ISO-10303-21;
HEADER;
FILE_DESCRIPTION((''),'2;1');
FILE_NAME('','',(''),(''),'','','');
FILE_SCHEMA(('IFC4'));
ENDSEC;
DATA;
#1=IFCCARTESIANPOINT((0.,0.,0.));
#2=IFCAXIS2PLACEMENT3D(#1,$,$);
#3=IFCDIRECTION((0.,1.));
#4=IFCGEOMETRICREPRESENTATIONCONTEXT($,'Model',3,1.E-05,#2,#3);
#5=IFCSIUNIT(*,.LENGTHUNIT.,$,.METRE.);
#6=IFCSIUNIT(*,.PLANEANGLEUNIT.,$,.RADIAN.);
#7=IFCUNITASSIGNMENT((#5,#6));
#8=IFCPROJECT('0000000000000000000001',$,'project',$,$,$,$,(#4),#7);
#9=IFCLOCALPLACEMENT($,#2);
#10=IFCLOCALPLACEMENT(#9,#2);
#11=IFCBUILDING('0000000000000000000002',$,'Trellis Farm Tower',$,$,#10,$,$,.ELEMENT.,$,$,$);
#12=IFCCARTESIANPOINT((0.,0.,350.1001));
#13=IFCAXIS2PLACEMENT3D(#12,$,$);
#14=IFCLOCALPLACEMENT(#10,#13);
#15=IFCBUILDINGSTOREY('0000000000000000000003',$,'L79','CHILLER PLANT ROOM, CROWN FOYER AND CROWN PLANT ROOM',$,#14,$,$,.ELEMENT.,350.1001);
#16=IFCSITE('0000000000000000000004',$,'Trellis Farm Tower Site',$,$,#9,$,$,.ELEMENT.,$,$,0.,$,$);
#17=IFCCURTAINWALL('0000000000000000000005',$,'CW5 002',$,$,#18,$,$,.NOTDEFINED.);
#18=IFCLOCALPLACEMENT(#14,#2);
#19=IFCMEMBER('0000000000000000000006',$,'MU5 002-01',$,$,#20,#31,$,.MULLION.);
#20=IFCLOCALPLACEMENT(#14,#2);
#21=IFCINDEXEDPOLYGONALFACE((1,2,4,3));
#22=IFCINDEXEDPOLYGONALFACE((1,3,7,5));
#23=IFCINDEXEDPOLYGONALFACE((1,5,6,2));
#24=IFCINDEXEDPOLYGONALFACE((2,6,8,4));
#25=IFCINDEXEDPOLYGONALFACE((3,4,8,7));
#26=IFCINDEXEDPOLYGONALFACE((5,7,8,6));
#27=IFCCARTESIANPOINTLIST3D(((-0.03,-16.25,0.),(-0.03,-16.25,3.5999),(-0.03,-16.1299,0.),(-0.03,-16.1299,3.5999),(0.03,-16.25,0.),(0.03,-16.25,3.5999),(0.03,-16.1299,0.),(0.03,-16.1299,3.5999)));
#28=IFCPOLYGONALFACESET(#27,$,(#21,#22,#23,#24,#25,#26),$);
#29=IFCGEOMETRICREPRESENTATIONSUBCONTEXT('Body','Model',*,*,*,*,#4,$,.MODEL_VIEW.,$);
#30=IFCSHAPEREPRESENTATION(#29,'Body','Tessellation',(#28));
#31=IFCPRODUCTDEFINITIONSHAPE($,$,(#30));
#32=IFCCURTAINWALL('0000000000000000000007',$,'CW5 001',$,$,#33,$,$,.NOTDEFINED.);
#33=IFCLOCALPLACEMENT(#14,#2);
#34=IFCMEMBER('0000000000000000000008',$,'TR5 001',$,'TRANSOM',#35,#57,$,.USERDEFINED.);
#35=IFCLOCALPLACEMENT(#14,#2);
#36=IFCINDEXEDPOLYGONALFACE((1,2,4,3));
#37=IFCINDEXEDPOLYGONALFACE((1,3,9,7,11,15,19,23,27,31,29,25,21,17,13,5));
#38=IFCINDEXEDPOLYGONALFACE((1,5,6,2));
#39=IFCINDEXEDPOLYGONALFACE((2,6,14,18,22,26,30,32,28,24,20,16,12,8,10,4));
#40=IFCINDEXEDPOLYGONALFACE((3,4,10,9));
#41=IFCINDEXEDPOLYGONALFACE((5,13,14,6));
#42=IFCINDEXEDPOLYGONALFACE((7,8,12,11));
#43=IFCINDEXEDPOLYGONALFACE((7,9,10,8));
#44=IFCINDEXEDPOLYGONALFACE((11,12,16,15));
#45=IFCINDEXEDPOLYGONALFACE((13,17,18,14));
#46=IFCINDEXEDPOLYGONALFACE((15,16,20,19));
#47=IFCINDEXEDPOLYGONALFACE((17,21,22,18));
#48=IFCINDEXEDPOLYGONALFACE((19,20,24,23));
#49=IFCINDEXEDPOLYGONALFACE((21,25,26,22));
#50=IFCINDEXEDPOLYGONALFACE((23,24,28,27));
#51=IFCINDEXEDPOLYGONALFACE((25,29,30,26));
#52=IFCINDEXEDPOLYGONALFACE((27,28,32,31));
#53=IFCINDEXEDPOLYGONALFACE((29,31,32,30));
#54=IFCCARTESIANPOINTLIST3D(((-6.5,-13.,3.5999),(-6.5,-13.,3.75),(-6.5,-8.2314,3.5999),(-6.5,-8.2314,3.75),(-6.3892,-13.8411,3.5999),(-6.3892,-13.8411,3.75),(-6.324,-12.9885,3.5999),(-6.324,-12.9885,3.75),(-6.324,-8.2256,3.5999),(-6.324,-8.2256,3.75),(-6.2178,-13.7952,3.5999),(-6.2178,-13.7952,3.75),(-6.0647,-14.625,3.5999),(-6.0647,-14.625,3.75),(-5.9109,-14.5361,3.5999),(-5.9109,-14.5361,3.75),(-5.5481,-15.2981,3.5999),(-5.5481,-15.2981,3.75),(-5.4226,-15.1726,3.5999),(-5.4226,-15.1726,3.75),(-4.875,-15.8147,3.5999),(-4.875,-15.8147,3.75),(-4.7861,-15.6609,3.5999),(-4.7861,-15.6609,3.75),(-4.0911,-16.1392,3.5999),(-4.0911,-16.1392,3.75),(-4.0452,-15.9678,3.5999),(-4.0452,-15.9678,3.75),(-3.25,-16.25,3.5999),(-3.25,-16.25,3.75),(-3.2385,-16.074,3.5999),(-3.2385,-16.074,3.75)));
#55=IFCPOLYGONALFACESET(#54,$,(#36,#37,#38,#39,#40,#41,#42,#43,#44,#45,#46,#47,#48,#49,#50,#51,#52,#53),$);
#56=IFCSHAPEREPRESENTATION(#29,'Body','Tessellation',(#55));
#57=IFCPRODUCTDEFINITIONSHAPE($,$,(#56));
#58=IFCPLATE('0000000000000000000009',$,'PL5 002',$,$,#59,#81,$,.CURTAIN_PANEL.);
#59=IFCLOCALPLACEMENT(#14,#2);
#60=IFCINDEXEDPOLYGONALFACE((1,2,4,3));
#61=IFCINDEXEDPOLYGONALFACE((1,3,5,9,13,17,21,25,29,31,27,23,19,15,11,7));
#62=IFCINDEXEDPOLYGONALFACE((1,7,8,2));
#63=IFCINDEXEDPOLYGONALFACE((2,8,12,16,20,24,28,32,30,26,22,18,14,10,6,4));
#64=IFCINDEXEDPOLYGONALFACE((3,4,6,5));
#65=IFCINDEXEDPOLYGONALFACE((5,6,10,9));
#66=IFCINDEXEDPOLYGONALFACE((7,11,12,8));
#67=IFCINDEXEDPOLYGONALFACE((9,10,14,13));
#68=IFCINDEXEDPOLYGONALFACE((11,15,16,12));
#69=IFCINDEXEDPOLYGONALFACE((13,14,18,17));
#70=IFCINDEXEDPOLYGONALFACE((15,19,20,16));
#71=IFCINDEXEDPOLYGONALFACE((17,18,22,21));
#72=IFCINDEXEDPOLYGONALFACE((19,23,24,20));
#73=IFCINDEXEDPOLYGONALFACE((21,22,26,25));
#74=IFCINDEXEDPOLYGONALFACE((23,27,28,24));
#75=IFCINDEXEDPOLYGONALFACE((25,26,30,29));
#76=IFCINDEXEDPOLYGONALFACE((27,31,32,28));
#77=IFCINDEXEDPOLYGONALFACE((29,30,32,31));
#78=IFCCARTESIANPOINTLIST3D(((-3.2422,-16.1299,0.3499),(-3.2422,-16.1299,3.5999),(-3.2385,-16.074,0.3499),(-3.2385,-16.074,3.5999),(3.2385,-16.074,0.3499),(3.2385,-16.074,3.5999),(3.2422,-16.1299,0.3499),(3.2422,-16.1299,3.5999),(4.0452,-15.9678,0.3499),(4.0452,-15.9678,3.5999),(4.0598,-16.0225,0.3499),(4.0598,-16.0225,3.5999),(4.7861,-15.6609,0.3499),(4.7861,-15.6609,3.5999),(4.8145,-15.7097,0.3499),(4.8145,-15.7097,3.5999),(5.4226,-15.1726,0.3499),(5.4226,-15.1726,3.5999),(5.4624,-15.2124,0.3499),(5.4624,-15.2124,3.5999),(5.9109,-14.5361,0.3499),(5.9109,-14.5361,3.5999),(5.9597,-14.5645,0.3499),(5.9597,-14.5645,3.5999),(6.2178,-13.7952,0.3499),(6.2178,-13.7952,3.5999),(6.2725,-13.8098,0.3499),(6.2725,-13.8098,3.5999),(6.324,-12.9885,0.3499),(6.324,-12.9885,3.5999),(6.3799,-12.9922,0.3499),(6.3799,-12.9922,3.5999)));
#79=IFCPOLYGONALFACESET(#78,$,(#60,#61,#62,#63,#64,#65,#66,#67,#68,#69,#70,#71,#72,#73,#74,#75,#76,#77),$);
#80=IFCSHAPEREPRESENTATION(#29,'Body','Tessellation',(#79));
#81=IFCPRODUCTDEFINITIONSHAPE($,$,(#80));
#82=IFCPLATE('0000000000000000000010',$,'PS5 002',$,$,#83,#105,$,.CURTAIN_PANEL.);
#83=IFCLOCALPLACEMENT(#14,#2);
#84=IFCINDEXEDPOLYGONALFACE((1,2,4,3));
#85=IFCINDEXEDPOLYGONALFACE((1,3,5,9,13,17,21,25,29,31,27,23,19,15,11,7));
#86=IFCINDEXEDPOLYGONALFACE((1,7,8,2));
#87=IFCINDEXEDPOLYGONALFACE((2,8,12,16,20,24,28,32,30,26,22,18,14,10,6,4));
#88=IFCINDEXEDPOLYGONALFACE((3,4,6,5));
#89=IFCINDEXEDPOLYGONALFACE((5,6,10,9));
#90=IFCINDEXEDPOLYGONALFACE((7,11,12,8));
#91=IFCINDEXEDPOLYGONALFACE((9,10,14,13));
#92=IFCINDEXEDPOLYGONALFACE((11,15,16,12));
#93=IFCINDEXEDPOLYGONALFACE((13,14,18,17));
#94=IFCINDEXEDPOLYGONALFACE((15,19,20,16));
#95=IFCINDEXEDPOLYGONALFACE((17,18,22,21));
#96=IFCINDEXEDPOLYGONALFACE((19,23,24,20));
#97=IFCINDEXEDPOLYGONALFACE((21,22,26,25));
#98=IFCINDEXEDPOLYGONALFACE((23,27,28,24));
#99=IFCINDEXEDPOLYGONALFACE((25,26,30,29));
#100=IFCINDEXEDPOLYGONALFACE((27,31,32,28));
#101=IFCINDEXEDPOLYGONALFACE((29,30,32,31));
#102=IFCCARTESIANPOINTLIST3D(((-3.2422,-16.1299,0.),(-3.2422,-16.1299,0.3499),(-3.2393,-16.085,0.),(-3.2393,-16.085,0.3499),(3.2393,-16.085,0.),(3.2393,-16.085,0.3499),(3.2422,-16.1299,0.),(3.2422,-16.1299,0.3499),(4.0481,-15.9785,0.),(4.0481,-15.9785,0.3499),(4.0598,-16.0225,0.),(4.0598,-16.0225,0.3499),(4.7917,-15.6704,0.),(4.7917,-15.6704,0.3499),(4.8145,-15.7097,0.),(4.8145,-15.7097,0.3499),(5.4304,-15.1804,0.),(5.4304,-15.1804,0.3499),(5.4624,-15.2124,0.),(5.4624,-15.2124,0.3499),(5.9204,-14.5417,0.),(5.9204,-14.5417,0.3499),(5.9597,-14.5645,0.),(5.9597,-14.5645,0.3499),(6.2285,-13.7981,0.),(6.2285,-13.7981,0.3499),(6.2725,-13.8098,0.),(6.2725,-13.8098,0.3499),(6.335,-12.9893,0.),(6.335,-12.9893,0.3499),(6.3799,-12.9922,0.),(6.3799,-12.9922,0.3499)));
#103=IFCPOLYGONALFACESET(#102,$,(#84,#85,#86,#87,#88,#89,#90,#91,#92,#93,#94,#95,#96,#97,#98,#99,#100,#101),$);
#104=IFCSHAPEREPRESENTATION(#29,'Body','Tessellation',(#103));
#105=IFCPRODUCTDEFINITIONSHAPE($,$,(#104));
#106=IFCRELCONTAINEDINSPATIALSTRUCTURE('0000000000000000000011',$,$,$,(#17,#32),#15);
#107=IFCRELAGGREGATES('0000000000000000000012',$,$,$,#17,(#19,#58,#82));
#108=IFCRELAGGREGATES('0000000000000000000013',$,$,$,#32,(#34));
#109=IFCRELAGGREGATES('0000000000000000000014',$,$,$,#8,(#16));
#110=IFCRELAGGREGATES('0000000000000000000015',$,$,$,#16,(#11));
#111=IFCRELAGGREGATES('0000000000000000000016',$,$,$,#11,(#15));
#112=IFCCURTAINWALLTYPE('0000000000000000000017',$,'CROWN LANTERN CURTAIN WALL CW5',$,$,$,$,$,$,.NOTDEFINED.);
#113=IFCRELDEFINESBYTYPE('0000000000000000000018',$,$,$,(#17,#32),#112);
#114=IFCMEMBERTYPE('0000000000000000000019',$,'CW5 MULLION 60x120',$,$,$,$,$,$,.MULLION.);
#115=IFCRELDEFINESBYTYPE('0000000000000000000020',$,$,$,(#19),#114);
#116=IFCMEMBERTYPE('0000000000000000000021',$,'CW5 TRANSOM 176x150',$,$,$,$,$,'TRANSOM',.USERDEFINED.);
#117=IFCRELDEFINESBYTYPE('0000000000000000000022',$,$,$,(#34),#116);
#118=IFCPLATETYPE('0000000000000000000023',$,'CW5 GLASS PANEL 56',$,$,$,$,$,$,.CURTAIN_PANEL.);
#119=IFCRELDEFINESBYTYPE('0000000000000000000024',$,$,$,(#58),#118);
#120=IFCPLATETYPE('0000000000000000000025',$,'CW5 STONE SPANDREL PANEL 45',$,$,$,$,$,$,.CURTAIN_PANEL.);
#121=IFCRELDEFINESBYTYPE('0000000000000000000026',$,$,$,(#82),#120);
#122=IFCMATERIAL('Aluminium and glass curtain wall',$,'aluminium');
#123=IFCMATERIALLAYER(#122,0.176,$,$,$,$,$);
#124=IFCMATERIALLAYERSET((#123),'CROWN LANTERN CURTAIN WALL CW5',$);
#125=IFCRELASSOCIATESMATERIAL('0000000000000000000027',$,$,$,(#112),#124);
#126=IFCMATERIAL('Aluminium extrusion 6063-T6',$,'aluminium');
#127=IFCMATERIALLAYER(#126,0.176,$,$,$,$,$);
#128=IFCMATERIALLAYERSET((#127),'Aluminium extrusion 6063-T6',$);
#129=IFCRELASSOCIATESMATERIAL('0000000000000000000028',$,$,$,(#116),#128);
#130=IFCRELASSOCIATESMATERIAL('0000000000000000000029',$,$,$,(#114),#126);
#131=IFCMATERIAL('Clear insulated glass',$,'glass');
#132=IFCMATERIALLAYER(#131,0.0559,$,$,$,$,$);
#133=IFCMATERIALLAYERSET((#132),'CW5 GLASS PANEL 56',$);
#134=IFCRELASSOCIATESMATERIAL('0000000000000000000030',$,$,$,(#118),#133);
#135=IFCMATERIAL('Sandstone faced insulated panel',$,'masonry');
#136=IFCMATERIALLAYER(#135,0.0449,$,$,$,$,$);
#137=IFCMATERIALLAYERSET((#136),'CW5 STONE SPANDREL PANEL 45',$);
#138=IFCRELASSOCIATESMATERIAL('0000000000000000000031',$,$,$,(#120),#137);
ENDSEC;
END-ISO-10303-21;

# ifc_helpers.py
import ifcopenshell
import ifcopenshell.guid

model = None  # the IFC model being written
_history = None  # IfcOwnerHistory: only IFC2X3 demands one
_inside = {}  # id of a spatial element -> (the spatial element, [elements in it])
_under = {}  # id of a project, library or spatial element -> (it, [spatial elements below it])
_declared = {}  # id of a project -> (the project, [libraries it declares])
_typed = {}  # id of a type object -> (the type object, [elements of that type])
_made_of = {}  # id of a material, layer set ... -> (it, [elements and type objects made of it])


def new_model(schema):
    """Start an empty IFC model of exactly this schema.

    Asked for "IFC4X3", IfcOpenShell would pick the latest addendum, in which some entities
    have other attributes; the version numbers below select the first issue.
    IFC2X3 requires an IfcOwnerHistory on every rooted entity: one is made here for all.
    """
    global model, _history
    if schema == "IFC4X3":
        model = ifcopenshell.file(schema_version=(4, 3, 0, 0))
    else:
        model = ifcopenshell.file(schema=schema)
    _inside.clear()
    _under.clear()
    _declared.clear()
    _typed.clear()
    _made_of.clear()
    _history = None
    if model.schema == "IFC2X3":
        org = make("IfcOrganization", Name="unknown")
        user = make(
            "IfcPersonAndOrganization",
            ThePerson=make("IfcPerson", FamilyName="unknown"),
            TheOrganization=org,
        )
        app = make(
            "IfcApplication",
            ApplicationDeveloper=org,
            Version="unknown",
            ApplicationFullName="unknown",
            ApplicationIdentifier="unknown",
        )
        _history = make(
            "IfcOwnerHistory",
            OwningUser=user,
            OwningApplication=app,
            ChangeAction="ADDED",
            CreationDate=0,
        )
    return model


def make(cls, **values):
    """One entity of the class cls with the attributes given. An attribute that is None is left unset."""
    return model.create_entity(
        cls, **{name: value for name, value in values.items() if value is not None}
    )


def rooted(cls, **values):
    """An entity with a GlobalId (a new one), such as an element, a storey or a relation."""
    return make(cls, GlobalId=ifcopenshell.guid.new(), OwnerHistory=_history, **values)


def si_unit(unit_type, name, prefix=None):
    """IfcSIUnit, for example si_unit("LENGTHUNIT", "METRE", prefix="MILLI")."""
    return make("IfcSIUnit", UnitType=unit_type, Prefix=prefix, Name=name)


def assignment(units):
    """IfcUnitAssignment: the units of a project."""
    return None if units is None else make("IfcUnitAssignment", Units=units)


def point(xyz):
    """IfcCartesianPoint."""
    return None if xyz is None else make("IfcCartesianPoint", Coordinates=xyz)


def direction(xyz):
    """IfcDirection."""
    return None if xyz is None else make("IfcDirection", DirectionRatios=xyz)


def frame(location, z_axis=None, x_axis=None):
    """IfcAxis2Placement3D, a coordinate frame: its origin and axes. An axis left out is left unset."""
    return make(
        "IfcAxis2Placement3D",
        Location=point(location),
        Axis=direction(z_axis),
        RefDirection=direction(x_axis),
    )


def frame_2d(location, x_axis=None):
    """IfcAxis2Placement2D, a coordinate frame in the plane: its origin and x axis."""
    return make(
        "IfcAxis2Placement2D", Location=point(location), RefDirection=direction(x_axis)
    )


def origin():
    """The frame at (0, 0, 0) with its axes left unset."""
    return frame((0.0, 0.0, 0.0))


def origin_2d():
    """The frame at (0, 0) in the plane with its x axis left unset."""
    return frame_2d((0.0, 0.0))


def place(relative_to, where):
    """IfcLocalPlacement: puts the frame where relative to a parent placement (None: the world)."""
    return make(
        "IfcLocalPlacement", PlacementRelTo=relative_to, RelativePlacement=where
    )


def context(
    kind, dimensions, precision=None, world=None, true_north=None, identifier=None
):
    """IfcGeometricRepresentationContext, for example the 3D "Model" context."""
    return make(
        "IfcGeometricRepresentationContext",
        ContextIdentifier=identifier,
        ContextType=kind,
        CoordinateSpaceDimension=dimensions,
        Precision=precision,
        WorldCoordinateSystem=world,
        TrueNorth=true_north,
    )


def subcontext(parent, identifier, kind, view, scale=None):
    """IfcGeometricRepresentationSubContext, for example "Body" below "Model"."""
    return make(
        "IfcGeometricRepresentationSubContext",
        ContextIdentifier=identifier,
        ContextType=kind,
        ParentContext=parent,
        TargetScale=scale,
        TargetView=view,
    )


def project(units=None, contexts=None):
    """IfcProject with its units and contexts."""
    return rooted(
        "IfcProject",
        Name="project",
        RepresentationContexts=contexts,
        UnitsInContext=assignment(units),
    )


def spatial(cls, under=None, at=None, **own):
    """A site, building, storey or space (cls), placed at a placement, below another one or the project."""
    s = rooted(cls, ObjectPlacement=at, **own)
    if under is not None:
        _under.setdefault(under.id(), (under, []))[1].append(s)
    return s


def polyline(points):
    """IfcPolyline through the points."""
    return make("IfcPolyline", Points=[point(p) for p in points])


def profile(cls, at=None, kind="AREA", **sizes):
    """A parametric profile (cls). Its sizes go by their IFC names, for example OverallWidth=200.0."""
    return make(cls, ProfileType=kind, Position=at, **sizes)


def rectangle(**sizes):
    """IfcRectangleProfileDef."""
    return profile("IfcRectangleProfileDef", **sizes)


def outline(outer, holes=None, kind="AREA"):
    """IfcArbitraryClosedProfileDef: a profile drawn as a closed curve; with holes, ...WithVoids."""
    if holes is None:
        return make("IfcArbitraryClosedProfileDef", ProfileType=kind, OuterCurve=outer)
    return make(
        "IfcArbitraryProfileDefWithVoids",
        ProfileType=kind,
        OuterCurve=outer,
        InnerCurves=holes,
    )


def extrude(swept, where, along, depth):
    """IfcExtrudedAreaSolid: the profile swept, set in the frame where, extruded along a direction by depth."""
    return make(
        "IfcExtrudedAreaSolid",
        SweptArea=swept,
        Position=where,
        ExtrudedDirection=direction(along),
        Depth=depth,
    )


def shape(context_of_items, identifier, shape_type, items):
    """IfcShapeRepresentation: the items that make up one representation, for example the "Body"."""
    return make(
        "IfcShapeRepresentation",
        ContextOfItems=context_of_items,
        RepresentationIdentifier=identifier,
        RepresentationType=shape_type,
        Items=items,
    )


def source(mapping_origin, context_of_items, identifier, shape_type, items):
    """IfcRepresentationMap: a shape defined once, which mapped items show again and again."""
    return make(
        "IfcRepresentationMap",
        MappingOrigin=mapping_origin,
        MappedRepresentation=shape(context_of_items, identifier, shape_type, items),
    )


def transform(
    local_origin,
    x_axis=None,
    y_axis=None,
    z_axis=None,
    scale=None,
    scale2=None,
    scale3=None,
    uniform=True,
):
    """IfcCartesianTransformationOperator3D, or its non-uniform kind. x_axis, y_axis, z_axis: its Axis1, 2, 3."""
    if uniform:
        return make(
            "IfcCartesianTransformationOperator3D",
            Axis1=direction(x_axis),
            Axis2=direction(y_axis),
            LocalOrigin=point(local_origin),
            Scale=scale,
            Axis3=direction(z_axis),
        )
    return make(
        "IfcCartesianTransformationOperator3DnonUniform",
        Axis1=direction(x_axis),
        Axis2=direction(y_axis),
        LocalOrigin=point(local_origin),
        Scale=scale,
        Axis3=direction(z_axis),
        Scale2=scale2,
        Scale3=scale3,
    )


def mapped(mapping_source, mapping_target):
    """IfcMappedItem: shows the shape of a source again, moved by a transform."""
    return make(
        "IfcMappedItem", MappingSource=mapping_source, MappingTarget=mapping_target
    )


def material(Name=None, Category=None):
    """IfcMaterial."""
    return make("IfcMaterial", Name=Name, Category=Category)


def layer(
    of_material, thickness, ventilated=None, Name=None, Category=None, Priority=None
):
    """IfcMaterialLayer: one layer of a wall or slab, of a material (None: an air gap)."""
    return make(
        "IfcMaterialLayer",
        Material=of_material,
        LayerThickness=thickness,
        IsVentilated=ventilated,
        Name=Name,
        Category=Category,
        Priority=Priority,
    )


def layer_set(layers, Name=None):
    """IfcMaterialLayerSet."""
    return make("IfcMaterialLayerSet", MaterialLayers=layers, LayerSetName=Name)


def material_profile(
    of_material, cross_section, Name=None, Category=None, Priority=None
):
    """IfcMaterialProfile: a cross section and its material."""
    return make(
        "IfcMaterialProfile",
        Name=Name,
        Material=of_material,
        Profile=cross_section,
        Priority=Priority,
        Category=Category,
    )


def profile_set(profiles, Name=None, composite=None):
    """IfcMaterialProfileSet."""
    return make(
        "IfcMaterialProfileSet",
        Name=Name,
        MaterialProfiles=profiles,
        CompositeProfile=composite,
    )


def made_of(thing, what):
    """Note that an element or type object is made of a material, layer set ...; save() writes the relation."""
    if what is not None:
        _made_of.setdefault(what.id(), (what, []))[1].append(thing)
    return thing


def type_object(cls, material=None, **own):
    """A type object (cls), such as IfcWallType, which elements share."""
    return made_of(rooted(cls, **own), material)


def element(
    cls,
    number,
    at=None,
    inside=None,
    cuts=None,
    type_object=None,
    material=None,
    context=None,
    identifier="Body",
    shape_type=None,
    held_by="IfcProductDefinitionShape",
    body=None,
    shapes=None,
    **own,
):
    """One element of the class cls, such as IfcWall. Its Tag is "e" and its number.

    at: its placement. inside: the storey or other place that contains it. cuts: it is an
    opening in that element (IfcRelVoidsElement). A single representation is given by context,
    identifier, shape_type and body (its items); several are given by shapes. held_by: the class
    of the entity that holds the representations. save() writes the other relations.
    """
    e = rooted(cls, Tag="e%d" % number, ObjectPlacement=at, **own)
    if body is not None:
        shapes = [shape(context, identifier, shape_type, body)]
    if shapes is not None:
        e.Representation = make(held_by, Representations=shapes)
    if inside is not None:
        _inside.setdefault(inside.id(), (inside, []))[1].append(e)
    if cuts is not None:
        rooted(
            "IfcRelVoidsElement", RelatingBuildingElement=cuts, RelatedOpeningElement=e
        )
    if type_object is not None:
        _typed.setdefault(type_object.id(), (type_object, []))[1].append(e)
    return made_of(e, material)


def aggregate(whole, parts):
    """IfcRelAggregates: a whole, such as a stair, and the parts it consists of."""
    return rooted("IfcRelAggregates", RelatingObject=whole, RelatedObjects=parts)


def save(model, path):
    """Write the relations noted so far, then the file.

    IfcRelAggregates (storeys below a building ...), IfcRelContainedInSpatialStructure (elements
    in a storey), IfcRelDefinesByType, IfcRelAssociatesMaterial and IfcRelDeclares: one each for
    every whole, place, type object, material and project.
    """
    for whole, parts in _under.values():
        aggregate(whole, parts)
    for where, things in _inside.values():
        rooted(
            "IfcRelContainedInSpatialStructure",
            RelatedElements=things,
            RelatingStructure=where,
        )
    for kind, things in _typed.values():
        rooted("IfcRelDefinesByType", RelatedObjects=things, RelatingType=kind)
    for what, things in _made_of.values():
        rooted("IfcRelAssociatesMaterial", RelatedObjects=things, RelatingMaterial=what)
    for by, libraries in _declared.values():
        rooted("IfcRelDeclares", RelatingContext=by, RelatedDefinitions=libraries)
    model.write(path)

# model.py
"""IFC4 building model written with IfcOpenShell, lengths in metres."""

from ifc_helpers import new_model, si_unit, direction, frame, origin, origin_2d, place, context, subcontext, project, spatial, polyline, rectangle, outline, extrude, source, transform, mapped, material, layer, layer_set, material_profile, profile_set, type_object, element, aggregate, save


model = new_model("IFC4")

# Units and contexts
model_context = context("Model", 3, precision=1e-05, world=origin(), true_north=direction((0.0, 1.0)))
body_context = subcontext(model_context, "Body", "Model", "MODEL_VIEW")
ifc_project = project(units=[si_unit("LENGTHUNIT", "METRE"), si_unit("PLANEANGLEUNIT", "RADIAN")], contexts=[model_context])

# Site, building, storey
site_placement = place(None, origin())
site = spatial("IfcSite", under=ifc_project, at=site_placement, Name="Trellis Farm Tower Site", CompositionType="ELEMENT", RefElevation=0.0)
building_placement = place(site_placement, origin())
building = spatial("IfcBuilding", under=site, at=building_placement, Name="Trellis Farm Tower", CompositionType="ELEMENT")
storey_placement = place(building_placement, frame((0.0, 0.0, 350.1001)))
storey = spatial("IfcBuildingStorey", under=building, at=storey_placement, Name="L79", Description="CHILLER PLANT ROOM, CROWN FOYER AND CROWN PLANT ROOM", CompositionType="ELEMENT", Elevation=350.1001)

# Curtain wall
ifc_material_1 = material(Name="Aluminium and glass curtain wall", Category="aluminium")
ifc_layer_1 = layer(ifc_material_1, 0.176)
ifc_layer_set_1 = layer_set([ifc_layer_1], Name="CROWN LANTERN CURTAIN WALL CW5")
curtain_wall_type = type_object("IfcCurtainWallType", Name="CROWN LANTERN CURTAIN WALL CW5", PredefinedType="NOTDEFINED", material=ifc_layer_set_1)
placement_1 = place(storey_placement, origin())
curtain_wall_1 = element("IfcCurtainWall", 1, at=placement_1, inside=storey, type_object=curtain_wall_type, Name="CW5 002", PredefinedType="NOTDEFINED")
ifc_material_2 = material(Name="Aluminium extrusion 6063-T6", Category="aluminium")
ifc_layer_2 = layer(ifc_material_2, 0.176)
ifc_layer_set_2 = layer_set([ifc_layer_2], Name="Aluminium extrusion 6063-T6")
member_type_1 = type_object("IfcMemberType", Name="CW5 TRANSOM 176x150", ElementType="TRANSOM", PredefinedType="USERDEFINED", material=ifc_layer_set_2)
placement_2 = place(storey_placement, frame((0.0, 0.0, 3.5999)))

# Member
ifc_material_profile_1 = material_profile(ifc_material_2, rectangle(XDim=0.0601, YDim=0.1201, at=origin_2d()), Name="MULLION 60x120")
ifc_profile_set_1 = profile_set([ifc_material_profile_1], Name="Aluminium extrusion 6063-T6")
member_type_2 = type_object("IfcMemberType", Name="CW5 MULLION 60x120", PredefinedType="MULLION", material=ifc_profile_set_1)
shared_shape_1 = source(origin(), body_context, "Body", "SweptSolid", [
    extrude(rectangle(XDim=0.0601, YDim=0.1201, at=origin_2d()), origin(), (0.0, 0.0, 1.0), 3.5999),
])
member_1_placement = place(storey_placement, frame((0.0, -16.1899, 0.0), z_axis=(0.0, 0.0, 1.0), x_axis=(1.0, 0.0, 0.0)))
member_1 = element("IfcMember", 2, at=member_1_placement, type_object=member_type_2, Name="MU5 002-01", PredefinedType="MULLION", context=body_context, shape_type="MappedRepresentation", body=[
    mapped(shared_shape_1, transform((0.0, 0.0, 0.0))),
])

# Curtain wall, member
curtain_wall_2 = element("IfcCurtainWall", 3, at=placement_1, inside=storey, type_object=curtain_wall_type, Name="CW5 001", PredefinedType="NOTDEFINED")
shared_shape_2 = source(origin(), body_context, "Body", "SweptSolid", [
    extrude(outline(polyline([(-6.5, -8.2314), (-6.5, -13.0), (-6.3892, -13.8411), (-6.0647, -14.625), (-5.5481, -15.2981), (-4.875, -15.8147), (-4.0911, -16.1392), (-3.25, -16.25), (-3.2385, -16.074), (-4.0452, -15.9678), (-4.7861, -15.6609), (-5.4226, -15.1726), (-5.9109, -14.5361), (-6.2178, -13.7952), (-6.324, -12.9885), (-6.324, -8.2256), (-6.5, -8.2314)])), origin(), (0.0, 0.0, 1.0), 0.1501),
])
member_2 = element("IfcMember", 4, at=placement_2, type_object=member_type_1, Name="TR5 001", ObjectType="TRANSOM", PredefinedType="USERDEFINED", context=body_context, shape_type="MappedRepresentation", body=[
    mapped(shared_shape_2, transform((0.0, 0.0, 0.0))),
])

# Plates
ifc_material_3 = material(Name="Clear insulated glass", Category="glass")
ifc_layer_3 = layer(ifc_material_3, 0.0559)
ifc_layer_set_3 = layer_set([ifc_layer_3], Name="CW5 GLASS PANEL 56")
plate_type_1 = type_object("IfcPlateType", Name="CW5 GLASS PANEL 56", PredefinedType="CURTAIN_PANEL", material=ifc_layer_set_3)
placement_3 = place(storey_placement, frame((0.0, 0.0, 0.3499)))
plate_1 = element("IfcPlate", 5, at=placement_3, type_object=plate_type_1, Name="PL5 002", PredefinedType="CURTAIN_PANEL", context=body_context, shape_type="SweptSolid", body=[
    extrude(outline(polyline([(-3.2422, -16.1299), (3.2422, -16.1299), (4.0598, -16.0225), (4.8145, -15.7097), (5.4624, -15.2124), (5.9597, -14.5645), (6.2725, -13.8098), (6.3799, -12.9922), (6.324, -12.9885), (6.2178, -13.7952), (5.9109, -14.5361), (5.4226, -15.1726), (4.7861, -15.6609), (4.0452, -15.9678), (3.2385, -16.074), (-3.2385, -16.074), (-3.2422, -16.1299)])), origin(), (0.0, 0.0, 1.0), 3.25),
])
ifc_material_4 = material(Name="Sandstone faced insulated panel", Category="masonry")
ifc_layer_4 = layer(ifc_material_4, 0.0449)
ifc_layer_set_4 = layer_set([ifc_layer_4], Name="CW5 STONE SPANDREL PANEL 45")
plate_type_2 = type_object("IfcPlateType", Name="CW5 STONE SPANDREL PANEL 45", PredefinedType="CURTAIN_PANEL", material=ifc_layer_set_4)
plate_2 = element("IfcPlate", 6, at=placement_1, type_object=plate_type_2, Name="PS5 002", PredefinedType="CURTAIN_PANEL", context=body_context, shape_type="SweptSolid", body=[
    extrude(outline(polyline([(-3.2422, -16.1299), (3.2422, -16.1299), (4.0598, -16.0225), (4.8145, -15.7097), (5.4624, -15.2124), (5.9597, -14.5645), (6.2725, -13.8098), (6.3799, -12.9922), (6.335, -12.9893), (6.2285, -13.7981), (5.9204, -14.5417), (5.4304, -15.1804), (4.7917, -15.6704), (4.0481, -15.9785), (3.2393, -16.085), (-3.2393, -16.085), (-3.2422, -16.1299)])), origin(), (0.0, 0.0, 1.0), 0.3499),
])
aggregate(curtain_wall_1, [member_1, plate_1, plate_2])

aggregate(curtain_wall_2, [member_2])

save(model, "model.ifc")
